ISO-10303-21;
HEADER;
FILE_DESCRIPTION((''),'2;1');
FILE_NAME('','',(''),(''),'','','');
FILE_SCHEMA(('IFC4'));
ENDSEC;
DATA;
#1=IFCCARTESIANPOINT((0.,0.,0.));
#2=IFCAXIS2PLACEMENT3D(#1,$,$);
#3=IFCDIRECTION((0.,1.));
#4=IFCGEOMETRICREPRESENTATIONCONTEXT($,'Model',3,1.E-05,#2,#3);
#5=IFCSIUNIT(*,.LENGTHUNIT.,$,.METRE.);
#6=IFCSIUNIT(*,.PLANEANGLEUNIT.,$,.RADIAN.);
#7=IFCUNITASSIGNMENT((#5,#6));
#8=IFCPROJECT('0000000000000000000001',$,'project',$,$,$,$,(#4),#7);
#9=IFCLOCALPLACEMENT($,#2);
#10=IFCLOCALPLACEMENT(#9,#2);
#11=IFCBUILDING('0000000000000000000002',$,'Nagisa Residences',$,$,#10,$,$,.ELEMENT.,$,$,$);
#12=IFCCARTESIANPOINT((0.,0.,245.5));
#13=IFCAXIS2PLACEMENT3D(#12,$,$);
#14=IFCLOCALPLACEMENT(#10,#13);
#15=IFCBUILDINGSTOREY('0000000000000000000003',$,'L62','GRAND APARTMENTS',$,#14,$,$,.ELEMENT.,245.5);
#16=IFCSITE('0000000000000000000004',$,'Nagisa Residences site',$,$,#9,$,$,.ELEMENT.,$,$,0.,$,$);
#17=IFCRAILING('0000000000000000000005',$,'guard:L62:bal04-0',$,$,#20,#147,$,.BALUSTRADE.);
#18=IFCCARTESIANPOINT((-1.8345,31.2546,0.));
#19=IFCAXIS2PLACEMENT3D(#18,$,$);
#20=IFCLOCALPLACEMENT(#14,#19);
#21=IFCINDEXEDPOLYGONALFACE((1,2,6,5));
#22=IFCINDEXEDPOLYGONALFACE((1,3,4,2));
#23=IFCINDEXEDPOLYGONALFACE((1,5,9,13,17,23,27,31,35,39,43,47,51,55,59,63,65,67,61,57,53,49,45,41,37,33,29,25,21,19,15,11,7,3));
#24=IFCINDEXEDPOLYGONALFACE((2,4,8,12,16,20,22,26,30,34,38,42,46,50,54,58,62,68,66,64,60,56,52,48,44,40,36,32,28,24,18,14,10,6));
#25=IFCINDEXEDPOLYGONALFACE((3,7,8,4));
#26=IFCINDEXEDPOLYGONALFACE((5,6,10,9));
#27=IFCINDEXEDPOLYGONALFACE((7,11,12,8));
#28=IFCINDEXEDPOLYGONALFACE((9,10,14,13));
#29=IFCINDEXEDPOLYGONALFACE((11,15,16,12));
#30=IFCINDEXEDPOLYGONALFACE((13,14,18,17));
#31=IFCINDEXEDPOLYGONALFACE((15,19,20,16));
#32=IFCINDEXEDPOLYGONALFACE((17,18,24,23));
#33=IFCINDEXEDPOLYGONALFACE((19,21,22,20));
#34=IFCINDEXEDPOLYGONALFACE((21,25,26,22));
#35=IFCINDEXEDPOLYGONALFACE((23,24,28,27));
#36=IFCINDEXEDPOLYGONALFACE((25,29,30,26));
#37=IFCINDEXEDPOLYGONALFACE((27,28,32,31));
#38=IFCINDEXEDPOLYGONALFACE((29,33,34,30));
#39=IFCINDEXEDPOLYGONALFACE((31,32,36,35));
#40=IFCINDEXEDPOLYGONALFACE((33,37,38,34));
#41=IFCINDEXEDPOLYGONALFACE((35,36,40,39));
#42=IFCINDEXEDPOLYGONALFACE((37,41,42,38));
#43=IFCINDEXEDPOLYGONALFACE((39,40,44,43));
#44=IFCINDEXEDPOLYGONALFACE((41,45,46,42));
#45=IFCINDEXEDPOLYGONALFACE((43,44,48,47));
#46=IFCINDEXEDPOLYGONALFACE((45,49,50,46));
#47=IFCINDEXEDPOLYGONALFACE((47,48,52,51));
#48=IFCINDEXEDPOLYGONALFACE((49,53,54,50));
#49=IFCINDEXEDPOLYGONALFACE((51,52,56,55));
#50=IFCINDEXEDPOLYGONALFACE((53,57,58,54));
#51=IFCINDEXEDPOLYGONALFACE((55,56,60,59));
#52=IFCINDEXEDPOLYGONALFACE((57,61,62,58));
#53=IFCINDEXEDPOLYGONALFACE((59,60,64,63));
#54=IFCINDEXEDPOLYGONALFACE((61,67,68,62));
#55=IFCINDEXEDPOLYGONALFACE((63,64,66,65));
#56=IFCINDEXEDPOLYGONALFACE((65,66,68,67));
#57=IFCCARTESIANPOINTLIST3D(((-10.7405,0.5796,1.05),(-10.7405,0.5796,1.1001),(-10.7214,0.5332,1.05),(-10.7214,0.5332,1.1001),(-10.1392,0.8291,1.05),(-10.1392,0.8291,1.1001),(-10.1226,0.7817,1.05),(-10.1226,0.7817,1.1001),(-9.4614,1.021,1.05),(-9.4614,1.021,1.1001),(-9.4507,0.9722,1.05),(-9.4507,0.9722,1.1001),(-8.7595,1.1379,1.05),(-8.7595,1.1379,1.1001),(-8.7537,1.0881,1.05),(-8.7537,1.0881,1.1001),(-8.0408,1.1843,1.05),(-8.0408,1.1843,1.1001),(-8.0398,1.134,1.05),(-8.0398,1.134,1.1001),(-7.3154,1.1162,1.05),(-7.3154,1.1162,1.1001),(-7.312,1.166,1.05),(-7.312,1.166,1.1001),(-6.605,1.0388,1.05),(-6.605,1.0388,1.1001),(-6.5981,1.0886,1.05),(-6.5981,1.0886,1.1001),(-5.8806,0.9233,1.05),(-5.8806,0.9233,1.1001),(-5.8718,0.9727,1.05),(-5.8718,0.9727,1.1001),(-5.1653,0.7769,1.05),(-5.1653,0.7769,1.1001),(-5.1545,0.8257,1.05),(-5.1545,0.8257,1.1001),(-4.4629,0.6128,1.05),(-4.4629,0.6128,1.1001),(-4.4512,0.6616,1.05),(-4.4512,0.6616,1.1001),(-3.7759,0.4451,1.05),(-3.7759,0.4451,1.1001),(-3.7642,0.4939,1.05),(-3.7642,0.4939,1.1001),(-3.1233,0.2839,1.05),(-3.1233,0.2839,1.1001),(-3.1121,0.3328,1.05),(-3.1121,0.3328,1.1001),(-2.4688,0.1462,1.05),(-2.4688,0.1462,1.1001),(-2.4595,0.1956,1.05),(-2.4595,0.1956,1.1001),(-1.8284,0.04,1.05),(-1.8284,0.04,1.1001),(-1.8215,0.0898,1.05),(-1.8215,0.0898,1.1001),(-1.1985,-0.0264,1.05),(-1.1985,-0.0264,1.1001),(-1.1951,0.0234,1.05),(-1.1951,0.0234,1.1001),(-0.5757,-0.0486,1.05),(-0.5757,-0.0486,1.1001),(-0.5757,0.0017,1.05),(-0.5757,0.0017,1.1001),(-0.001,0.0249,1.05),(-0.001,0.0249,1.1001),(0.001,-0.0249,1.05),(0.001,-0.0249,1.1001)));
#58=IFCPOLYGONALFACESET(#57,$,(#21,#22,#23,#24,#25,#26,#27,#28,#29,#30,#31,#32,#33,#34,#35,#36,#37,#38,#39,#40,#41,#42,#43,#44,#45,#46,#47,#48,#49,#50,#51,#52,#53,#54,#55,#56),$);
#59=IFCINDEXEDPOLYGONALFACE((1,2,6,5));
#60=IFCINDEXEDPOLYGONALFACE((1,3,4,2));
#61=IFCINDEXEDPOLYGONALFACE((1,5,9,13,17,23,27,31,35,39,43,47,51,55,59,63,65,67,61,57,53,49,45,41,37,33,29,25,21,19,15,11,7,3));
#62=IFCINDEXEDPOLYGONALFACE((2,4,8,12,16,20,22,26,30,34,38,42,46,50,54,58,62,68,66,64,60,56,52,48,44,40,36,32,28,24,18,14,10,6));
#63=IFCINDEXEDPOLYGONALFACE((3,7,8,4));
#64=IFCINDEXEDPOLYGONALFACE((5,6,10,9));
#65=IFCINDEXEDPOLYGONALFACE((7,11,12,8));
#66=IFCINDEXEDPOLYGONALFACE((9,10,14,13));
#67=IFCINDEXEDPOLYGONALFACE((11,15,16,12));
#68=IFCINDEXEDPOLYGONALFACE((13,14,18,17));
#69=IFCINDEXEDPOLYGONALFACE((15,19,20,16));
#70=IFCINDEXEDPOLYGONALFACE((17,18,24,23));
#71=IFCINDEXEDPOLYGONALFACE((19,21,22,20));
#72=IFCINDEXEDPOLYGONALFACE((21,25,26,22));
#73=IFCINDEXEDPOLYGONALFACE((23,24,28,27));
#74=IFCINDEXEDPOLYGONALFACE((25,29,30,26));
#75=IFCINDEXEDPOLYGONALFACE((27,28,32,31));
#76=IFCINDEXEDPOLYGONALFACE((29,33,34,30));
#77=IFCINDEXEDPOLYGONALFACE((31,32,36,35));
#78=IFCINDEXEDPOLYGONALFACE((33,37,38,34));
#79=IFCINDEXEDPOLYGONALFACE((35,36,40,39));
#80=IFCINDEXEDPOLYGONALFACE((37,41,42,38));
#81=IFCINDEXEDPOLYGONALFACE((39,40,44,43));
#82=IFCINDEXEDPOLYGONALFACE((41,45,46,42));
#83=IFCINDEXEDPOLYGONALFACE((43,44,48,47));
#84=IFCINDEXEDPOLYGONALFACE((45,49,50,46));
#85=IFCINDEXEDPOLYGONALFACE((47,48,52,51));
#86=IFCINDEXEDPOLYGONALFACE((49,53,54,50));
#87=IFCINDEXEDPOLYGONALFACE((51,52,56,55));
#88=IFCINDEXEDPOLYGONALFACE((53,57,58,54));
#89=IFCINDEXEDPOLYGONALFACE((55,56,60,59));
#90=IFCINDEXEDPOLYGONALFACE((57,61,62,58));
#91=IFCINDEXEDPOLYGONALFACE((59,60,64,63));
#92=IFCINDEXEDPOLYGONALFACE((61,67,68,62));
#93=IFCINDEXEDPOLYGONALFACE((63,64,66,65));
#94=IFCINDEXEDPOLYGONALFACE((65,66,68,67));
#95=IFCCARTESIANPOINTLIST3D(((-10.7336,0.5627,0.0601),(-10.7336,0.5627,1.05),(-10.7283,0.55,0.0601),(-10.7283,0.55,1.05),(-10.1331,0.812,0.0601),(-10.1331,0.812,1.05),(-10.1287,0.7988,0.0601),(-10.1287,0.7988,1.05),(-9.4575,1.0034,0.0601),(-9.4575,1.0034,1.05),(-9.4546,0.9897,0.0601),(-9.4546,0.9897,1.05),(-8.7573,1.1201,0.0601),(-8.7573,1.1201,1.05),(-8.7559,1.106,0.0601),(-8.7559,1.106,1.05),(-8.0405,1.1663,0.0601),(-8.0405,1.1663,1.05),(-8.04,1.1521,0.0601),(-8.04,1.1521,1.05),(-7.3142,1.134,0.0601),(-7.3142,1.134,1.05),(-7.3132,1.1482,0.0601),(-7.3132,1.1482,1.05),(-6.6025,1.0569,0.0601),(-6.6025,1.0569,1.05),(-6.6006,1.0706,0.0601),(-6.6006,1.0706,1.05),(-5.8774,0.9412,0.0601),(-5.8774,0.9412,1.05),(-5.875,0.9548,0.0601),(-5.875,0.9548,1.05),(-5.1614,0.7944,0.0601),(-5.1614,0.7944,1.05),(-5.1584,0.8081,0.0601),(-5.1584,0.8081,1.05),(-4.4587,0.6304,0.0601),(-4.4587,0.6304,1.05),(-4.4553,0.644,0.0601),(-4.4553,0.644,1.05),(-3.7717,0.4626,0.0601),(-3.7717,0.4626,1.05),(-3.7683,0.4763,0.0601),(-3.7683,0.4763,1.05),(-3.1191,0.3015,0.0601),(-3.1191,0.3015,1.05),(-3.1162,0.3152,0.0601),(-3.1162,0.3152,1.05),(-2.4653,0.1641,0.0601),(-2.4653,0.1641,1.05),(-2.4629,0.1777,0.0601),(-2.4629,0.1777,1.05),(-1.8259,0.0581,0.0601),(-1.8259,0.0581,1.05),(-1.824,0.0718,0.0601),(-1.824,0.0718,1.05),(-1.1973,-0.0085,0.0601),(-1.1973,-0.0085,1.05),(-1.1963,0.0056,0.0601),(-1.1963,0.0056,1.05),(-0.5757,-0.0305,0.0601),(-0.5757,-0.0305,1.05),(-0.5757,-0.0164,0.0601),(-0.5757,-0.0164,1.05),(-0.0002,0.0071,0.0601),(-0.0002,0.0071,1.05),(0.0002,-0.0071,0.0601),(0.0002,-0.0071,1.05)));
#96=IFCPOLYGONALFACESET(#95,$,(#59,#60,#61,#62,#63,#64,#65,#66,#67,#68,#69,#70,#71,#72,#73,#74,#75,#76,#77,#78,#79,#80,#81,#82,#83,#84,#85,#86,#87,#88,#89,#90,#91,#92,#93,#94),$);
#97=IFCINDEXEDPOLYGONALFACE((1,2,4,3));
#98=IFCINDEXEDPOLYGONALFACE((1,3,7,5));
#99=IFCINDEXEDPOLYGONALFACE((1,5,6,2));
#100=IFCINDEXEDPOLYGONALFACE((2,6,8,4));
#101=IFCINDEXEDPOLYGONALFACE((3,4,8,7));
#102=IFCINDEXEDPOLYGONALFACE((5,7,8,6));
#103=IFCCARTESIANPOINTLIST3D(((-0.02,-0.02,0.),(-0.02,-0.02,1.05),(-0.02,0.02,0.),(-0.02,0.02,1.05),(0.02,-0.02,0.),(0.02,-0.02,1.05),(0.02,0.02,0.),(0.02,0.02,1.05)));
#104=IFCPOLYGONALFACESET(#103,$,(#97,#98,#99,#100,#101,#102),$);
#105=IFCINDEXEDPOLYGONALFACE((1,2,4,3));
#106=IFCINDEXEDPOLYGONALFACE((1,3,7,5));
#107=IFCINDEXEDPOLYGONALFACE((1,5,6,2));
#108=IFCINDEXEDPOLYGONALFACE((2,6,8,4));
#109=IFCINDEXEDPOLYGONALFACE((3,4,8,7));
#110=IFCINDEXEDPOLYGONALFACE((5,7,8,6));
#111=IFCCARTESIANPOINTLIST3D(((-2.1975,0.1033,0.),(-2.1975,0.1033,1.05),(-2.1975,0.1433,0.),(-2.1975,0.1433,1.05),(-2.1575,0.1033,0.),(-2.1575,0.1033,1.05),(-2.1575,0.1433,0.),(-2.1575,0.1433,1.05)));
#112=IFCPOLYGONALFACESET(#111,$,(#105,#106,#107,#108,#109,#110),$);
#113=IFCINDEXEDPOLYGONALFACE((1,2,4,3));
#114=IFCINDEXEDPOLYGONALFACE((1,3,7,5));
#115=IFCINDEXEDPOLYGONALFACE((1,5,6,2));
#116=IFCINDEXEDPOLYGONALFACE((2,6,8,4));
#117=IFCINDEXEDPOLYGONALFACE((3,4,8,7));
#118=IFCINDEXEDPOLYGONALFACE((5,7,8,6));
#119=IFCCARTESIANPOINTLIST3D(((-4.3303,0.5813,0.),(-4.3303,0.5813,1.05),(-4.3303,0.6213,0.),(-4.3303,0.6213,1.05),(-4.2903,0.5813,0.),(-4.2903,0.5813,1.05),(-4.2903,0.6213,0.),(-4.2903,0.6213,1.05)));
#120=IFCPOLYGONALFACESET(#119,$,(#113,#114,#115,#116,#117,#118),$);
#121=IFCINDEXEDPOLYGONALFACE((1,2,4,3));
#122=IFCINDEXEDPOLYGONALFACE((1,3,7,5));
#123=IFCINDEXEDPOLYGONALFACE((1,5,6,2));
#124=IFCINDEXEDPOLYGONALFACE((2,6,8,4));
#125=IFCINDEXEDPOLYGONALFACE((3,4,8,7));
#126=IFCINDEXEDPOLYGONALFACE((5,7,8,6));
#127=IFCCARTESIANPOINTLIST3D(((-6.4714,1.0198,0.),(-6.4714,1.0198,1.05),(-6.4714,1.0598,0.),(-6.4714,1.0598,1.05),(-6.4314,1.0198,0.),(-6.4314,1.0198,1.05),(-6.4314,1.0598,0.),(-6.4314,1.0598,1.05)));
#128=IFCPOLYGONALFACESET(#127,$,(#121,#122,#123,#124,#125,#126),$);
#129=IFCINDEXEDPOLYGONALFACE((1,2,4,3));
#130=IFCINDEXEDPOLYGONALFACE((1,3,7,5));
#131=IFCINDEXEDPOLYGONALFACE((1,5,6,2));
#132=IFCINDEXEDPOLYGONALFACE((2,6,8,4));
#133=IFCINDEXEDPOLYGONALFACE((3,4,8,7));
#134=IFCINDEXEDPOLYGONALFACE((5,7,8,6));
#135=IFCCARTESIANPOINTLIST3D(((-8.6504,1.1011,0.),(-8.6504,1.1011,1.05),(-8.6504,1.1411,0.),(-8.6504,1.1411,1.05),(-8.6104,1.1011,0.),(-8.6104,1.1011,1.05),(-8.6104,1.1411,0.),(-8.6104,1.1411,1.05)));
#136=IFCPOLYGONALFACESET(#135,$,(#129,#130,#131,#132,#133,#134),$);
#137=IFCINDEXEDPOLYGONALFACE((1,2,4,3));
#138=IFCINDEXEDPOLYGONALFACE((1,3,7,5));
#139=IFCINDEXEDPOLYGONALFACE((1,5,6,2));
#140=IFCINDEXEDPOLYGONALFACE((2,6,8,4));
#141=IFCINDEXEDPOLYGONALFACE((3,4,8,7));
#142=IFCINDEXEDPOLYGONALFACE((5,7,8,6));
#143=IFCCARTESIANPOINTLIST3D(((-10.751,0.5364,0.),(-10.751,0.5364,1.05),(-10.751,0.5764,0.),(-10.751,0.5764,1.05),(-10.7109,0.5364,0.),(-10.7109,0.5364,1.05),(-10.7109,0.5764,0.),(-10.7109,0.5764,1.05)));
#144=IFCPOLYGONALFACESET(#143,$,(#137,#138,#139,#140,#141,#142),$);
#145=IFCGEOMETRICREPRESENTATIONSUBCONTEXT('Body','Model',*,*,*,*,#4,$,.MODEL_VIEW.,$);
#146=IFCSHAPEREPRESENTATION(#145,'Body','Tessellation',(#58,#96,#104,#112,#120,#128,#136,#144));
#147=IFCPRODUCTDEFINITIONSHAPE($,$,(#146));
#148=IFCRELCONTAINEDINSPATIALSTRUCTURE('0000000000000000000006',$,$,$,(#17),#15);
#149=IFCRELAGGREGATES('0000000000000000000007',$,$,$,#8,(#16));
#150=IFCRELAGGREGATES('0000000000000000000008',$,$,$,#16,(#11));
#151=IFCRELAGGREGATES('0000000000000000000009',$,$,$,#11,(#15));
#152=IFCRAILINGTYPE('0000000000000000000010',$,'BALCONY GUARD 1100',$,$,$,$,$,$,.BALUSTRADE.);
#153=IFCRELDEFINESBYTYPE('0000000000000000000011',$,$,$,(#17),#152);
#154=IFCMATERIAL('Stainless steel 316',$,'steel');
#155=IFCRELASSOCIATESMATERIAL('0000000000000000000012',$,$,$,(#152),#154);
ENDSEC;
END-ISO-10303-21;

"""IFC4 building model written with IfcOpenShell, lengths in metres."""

from ifc_helpers import new_model, si_unit, direction, frame, origin, origin_2d, place, context, subcontext, project, spatial, polyline, rectangle, outline, extrude, material, type_object, element, save


model = new_model("IFC4")

# Units and contexts
model_context = context("Model", 3, precision=1e-05, world=origin(), true_north=direction((0.0, 1.0)))
body_context = subcontext(model_context, "Body", "Model", "MODEL_VIEW")
ifc_project = project(units=[si_unit("LENGTHUNIT", "METRE"), si_unit("PLANEANGLEUNIT", "RADIAN")], contexts=[model_context])

# Site, building, storey
site_placement = place(None, origin())
site = spatial("IfcSite", under=ifc_project, at=site_placement, Name="Nagisa Residences site", CompositionType="ELEMENT", RefElevation=0.0)
building_placement = place(site_placement, origin())
building = spatial("IfcBuilding", under=site, at=building_placement, Name="Nagisa Residences", CompositionType="ELEMENT")
storey_placement = place(building_placement, frame((0.0, 0.0, 245.5)))
storey = spatial("IfcBuildingStorey", under=building, at=storey_placement, Name="L62", Description="GRAND APARTMENTS", CompositionType="ELEMENT", Elevation=245.5)

# Railing
ifc_material_1 = material(Name="Stainless steel 316", Category="steel")
railing_type = type_object("IfcRailingType", Name="BALCONY GUARD 1100", PredefinedType="BALUSTRADE", material=ifc_material_1)
railing_1_placement = place(storey_placement, frame((-1.8345, 31.2546, 0.0)))
element("IfcRailing", 1, at=railing_1_placement, inside=storey, type_object=railing_type, Name="guard:L62:bal04-0", PredefinedType="BALUSTRADE", context=body_context, shape_type="SweptSolid", body=[
    extrude(outline(polyline([(-0.5757, -0.0486), (0.001, -0.0249), (-0.001, 0.0249), (-0.5757, 0.0017), (-1.1951, 0.0234), (-1.8215, 0.0898), (-2.4595, 0.1956), (-3.1121, 0.3328), (-3.7642, 0.4939), (-4.4512, 0.6616), (-5.1545, 0.8257), (-5.8718, 0.9727), (-6.5981, 1.0886), (-7.312, 1.166), (-8.0408, 1.1843), (-8.7595, 1.1379), (-9.4614, 1.021), (-10.1392, 0.8291), (-10.7405, 0.5796), (-10.7214, 0.5332), (-10.1226, 0.7817), (-9.4507, 0.9722), (-8.7537, 1.0881), (-8.0398, 1.134), (-7.3154, 1.1162), (-6.605, 1.0388), (-5.8806, 0.9233), (-5.1653, 0.7769), (-4.4629, 0.6128), (-3.7759, 0.4451), (-3.1233, 0.2839), (-2.4688, 0.1462), (-1.8284, 0.04), (-1.1985, -0.0264), (-0.5757, -0.0486)])), frame((0.0, 0.0, 1.05)), (0.0, 0.0, 1.0), 0.05),
    extrude(outline(polyline([(-0.5757, -0.0305), (0.0002, -0.0071), (-0.0002, 0.0071), (-0.5757, -0.0164), (-1.1963, 0.0056), (-1.824, 0.0718), (-2.4629, 0.1777), (-3.1162, 0.3152), (-3.7683, 0.4763), (-4.4553, 0.644), (-5.1584, 0.8081), (-5.875, 0.9548), (-6.6006, 1.0706), (-7.3132, 1.1482), (-8.0405, 1.1663), (-8.7573, 1.1201), (-9.4575, 1.0034), (-10.1331, 0.812), (-10.7336, 0.5627), (-10.7283, 0.55), (-10.1287, 0.7988), (-9.4546, 0.9897), (-8.7559, 1.106), (-8.04, 1.1521), (-7.3142, 1.134), (-6.6025, 1.0569), (-5.8774, 0.9412), (-5.1614, 0.7944), (-4.4587, 0.6304), (-3.7717, 0.4626), (-3.1191, 0.3015), (-2.4653, 0.1641), (-1.8259, 0.0581), (-1.1973, -0.0085), (-0.5757, -0.0305)])), frame((0.0, 0.0, 0.0601)), (0.0, 0.0, 1.0), 0.99),
    extrude(rectangle(XDim=0.04, YDim=0.04, at=origin_2d()), origin(), (0.0, 0.0, 1.0), 1.05),
    extrude(rectangle(XDim=0.04, YDim=0.04, at=origin_2d()), frame((-2.1775, 0.1233, 0.0)), (0.0, 0.0, 1.0), 1.05),
    extrude(rectangle(XDim=0.04, YDim=0.04, at=origin_2d()), frame((-4.3103, 0.6013, 0.0)), (0.0, 0.0, 1.0), 1.05),
    extrude(rectangle(XDim=0.04, YDim=0.04, at=origin_2d()), frame((-6.4514, 1.0398, 0.0)), (0.0, 0.0, 1.0), 1.05),
    extrude(rectangle(XDim=0.04, YDim=0.04, at=origin_2d()), frame((-8.6304, 1.1211, 0.0)), (0.0, 0.0, 1.0), 1.05),
    extrude(rectangle(XDim=0.04, YDim=0.04, at=origin_2d()), frame((-10.731, 0.5564, 0.0)), (0.0, 0.0, 1.0), 1.05),
])

save(model, "model.ifc")
